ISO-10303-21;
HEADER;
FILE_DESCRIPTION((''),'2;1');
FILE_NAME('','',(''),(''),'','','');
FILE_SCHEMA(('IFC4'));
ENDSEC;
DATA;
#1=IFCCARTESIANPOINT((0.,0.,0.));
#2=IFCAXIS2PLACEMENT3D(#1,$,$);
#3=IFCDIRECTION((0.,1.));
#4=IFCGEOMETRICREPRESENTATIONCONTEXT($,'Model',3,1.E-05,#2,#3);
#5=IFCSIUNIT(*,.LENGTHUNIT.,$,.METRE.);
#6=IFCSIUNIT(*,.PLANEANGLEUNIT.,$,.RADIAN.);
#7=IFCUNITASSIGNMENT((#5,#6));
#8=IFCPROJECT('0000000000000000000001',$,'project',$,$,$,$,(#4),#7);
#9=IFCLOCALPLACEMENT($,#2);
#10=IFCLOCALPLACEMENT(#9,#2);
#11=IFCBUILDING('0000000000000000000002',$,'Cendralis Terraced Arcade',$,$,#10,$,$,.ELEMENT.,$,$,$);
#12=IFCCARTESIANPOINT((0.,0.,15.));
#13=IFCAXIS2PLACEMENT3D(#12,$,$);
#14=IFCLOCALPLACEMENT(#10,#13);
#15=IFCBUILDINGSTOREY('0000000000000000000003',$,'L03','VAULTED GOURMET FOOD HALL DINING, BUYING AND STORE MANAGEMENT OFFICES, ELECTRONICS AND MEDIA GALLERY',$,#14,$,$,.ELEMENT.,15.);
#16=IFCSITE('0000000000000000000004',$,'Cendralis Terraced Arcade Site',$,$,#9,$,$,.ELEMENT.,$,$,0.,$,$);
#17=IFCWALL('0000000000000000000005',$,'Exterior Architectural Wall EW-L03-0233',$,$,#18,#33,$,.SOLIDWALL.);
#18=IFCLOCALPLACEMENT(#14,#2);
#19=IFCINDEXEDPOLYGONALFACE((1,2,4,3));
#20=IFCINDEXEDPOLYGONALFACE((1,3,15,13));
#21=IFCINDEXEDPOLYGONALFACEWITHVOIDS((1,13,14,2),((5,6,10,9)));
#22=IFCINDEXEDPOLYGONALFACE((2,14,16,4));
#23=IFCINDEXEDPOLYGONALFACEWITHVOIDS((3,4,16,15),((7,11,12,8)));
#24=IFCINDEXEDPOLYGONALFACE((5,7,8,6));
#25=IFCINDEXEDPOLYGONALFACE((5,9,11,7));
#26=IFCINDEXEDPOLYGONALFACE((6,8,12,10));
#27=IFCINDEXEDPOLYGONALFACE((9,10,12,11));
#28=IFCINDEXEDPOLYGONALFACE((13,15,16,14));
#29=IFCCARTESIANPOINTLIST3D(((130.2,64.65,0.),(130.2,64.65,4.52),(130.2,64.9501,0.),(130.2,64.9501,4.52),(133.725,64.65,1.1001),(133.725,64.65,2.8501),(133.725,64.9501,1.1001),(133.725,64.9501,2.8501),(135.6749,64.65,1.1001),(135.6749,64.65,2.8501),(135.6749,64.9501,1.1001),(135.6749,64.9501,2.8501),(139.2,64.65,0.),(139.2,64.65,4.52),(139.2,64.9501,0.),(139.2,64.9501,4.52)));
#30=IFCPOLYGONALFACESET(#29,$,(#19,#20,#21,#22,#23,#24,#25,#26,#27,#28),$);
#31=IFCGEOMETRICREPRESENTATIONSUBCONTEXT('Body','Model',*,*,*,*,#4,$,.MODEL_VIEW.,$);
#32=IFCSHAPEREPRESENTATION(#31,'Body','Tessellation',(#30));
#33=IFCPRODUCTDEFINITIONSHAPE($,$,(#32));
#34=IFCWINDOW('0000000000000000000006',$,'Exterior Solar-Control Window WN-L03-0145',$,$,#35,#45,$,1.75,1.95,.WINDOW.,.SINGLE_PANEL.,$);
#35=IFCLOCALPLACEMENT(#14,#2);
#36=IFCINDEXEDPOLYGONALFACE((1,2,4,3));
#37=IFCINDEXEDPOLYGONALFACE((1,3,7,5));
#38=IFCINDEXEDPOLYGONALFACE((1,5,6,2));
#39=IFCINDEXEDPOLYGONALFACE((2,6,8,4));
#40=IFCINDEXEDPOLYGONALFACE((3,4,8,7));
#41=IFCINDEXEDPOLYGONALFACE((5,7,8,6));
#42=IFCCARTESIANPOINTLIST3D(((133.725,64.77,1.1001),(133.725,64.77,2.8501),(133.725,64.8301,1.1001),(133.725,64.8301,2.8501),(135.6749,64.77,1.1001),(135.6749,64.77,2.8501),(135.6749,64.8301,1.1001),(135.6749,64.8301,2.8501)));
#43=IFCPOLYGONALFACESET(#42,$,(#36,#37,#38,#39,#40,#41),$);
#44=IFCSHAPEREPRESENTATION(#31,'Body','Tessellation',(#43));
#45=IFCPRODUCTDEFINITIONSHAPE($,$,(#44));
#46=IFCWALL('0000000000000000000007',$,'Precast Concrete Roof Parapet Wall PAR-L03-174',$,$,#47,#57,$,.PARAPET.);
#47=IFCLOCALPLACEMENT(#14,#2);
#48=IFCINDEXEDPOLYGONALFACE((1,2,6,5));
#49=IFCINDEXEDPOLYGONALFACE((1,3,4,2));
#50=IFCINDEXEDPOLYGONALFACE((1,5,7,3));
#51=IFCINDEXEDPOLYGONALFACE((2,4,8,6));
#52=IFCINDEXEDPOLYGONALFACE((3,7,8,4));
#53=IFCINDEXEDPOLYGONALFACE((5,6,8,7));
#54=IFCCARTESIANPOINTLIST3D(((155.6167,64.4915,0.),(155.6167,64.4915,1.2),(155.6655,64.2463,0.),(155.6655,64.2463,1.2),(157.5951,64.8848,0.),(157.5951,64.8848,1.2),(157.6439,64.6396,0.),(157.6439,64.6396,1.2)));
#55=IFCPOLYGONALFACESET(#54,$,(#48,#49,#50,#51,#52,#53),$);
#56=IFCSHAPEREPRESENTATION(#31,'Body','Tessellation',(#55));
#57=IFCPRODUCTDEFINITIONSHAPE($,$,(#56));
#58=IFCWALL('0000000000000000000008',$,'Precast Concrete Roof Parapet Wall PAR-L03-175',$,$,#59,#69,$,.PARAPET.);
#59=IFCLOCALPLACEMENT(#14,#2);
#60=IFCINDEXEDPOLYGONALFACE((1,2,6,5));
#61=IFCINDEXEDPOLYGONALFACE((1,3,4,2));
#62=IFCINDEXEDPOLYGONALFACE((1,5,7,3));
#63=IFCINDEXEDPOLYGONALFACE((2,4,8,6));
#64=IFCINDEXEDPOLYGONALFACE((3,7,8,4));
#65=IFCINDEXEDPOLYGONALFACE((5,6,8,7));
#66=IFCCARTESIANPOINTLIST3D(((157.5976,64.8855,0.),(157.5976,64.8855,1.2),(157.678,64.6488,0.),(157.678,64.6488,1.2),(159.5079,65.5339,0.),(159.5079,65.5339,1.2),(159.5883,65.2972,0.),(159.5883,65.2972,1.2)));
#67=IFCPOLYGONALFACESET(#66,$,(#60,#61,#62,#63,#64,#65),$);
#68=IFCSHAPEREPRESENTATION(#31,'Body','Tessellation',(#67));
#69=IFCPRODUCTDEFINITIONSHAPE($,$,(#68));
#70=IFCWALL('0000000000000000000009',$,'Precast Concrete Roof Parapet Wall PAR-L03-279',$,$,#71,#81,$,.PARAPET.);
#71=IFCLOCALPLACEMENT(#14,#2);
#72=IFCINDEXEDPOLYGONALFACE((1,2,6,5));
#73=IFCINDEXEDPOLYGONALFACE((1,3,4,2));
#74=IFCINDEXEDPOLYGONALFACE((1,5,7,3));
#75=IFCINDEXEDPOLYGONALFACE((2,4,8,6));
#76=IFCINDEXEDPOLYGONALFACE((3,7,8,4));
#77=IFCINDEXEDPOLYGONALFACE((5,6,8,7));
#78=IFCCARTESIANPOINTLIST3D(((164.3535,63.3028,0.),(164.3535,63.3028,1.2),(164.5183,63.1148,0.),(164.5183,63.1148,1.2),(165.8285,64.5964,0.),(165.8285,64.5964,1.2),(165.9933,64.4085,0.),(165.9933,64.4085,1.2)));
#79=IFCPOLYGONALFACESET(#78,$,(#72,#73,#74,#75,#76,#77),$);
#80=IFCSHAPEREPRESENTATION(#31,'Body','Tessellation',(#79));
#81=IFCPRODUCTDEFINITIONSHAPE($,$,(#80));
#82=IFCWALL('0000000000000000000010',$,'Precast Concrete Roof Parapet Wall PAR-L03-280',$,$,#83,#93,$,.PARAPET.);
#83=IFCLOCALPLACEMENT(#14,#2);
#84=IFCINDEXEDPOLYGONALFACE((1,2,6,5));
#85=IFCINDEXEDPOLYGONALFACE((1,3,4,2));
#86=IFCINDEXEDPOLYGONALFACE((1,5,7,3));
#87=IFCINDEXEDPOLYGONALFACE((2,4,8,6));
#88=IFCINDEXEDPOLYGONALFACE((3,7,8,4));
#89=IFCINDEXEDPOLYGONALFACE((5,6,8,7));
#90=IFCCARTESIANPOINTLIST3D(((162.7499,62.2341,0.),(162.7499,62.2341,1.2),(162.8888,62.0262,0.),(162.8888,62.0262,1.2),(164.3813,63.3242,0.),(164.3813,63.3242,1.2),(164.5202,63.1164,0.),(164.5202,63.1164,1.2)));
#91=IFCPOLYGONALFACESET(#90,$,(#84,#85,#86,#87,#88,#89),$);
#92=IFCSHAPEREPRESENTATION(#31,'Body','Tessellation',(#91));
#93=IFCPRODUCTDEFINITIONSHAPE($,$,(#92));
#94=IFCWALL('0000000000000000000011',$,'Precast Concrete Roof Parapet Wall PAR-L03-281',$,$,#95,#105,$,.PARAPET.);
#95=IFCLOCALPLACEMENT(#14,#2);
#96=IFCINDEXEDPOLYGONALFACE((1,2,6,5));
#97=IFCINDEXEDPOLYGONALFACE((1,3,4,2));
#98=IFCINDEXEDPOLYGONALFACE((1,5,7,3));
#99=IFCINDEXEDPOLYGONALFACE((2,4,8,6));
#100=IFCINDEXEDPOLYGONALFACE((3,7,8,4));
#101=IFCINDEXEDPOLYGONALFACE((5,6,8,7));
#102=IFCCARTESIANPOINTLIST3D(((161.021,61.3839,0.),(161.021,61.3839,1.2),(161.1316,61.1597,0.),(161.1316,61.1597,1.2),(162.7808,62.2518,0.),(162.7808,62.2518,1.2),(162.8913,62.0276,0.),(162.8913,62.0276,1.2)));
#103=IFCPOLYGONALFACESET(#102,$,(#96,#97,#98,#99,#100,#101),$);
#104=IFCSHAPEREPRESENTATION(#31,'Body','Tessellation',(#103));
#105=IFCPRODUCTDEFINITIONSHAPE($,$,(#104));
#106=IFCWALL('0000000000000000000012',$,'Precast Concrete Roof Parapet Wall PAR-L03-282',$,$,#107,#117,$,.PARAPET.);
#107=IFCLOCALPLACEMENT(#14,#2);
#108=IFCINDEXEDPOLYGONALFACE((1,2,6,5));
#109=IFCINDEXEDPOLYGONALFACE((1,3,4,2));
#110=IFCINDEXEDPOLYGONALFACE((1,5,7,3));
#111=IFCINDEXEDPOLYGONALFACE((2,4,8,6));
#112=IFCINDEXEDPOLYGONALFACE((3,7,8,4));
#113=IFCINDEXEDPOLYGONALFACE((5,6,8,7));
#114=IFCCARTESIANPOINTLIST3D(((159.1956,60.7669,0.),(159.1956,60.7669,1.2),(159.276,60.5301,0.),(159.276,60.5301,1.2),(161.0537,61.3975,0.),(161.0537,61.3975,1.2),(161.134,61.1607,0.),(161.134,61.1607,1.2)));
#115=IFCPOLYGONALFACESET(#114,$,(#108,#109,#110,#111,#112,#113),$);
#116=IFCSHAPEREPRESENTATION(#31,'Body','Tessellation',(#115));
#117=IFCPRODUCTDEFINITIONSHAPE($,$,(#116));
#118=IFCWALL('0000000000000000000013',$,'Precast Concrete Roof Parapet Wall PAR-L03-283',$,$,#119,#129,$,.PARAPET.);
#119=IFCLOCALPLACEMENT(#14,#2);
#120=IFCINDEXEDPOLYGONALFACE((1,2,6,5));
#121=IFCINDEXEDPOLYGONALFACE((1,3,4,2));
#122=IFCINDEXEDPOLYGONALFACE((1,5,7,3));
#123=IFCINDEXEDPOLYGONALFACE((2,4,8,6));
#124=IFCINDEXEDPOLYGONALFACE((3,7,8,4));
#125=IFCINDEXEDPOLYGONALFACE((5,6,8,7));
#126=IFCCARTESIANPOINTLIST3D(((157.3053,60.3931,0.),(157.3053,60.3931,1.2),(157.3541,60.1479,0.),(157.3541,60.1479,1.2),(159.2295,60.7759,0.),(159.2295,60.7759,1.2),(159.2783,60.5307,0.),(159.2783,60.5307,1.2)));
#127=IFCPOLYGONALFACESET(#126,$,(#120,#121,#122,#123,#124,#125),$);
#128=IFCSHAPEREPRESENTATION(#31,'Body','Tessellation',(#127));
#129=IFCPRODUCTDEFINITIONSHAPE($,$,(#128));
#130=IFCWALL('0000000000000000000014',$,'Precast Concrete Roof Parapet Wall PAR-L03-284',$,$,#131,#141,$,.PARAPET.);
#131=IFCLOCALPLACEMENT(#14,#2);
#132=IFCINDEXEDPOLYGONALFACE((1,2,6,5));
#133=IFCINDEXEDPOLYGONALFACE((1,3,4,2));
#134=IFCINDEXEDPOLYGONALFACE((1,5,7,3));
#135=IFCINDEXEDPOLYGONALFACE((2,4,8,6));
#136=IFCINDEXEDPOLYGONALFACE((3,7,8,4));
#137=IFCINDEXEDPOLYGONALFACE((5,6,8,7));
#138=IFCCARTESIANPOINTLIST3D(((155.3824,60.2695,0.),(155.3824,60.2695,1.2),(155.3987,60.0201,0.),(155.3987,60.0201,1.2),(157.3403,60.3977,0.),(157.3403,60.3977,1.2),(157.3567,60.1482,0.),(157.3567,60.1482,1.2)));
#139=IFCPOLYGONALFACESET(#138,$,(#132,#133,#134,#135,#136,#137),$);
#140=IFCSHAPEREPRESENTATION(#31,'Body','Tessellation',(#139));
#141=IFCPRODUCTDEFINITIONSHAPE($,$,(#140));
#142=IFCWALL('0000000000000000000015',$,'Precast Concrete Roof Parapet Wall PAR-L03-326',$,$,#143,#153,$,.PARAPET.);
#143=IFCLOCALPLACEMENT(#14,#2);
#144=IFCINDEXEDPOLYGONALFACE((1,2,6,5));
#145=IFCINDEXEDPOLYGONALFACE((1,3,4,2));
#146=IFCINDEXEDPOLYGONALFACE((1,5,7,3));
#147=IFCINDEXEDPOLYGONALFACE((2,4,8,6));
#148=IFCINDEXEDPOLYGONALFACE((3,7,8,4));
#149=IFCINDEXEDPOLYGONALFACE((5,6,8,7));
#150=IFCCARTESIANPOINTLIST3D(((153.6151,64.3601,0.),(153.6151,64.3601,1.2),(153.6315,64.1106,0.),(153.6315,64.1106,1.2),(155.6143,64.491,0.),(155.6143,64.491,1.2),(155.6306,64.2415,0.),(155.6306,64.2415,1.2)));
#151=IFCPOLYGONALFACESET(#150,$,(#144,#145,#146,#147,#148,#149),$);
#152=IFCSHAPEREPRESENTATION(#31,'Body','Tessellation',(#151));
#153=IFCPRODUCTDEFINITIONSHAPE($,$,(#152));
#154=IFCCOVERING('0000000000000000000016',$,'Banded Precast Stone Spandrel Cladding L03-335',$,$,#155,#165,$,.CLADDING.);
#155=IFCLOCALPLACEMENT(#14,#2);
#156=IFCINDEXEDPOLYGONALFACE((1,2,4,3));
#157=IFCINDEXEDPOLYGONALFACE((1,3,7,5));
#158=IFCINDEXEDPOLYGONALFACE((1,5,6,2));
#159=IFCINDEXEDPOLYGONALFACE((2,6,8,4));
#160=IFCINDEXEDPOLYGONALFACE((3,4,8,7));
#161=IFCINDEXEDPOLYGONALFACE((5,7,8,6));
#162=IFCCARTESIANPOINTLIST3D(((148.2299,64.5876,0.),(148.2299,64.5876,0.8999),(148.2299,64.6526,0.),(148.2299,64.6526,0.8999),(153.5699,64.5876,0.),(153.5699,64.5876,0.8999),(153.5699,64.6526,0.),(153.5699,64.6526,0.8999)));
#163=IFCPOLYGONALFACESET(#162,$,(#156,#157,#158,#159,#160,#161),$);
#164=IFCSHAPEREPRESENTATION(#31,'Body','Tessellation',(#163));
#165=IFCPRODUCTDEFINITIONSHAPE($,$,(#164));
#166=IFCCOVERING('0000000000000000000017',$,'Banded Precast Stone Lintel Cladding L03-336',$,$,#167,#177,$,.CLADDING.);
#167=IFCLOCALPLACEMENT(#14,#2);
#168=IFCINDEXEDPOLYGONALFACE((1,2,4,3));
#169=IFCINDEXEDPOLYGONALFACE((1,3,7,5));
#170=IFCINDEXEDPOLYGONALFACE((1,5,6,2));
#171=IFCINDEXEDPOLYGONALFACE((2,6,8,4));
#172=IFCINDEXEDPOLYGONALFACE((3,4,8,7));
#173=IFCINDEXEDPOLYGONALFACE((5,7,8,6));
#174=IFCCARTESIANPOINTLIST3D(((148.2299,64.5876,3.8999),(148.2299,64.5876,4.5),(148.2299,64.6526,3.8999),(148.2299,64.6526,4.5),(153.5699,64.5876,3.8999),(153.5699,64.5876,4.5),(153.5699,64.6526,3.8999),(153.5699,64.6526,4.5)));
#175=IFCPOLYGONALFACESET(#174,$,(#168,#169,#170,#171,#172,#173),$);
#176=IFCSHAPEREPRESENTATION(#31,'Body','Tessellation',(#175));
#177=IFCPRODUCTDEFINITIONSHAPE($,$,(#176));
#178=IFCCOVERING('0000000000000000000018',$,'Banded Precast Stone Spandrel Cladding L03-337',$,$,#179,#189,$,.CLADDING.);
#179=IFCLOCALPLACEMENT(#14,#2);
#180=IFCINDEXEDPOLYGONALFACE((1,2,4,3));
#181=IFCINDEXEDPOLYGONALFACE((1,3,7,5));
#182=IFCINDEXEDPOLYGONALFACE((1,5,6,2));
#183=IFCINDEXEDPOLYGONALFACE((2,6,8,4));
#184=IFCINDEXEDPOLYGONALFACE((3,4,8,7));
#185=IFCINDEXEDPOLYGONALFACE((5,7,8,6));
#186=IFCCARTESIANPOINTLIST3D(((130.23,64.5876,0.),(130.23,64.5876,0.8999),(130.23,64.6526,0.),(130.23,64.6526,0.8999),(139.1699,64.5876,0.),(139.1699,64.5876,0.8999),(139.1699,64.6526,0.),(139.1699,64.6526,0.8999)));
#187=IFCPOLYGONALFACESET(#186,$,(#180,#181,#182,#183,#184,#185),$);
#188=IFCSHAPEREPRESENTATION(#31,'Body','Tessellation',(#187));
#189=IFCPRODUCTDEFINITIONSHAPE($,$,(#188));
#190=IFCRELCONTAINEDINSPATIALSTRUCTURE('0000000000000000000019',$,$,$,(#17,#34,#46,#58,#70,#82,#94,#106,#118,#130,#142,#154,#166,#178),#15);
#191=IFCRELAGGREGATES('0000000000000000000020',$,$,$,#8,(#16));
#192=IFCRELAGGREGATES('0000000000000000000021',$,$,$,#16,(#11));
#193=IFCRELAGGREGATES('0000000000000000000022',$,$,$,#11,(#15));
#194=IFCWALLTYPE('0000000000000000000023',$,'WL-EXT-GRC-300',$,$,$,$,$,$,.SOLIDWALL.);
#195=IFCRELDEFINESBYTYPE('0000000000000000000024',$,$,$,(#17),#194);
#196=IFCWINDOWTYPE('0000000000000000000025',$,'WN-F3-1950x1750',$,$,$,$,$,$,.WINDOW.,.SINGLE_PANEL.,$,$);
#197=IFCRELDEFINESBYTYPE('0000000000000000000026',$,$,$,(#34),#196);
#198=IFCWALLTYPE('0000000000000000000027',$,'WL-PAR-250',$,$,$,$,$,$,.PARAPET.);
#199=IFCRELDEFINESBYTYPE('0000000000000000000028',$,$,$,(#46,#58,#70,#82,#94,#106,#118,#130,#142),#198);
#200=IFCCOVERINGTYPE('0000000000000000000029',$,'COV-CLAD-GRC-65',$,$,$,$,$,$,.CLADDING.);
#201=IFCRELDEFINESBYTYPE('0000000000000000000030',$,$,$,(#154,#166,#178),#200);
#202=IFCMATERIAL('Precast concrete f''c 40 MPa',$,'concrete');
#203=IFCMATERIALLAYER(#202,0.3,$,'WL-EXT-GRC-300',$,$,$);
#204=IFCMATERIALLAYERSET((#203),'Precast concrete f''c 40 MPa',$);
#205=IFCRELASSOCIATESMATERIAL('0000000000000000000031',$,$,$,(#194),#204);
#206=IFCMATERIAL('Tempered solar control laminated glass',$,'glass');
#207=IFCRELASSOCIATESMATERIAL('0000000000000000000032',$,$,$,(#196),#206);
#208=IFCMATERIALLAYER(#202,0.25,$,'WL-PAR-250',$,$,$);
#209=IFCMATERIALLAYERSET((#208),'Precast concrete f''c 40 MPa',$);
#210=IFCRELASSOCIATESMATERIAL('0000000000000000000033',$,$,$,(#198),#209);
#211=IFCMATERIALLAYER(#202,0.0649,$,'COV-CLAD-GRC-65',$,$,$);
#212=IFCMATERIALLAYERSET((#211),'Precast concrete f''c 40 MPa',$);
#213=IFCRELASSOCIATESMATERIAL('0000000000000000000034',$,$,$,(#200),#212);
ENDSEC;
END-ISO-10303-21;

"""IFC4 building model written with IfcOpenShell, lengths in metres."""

from ifc_helpers import new_model, si_unit, direction, frame, frame_2d, origin, origin_2d, place, context, subcontext, project, spatial, rectangle, extrude, material, layer, layer_set, type_object, element, fill, save


model = new_model("IFC4")

# Units and contexts
model_context = context("Model", 3, precision=1e-05, world=origin(), true_north=direction((0.0, 1.0)))
body_context = subcontext(model_context, "Body", "Model", "MODEL_VIEW")
ifc_project = project(units=[si_unit("LENGTHUNIT", "METRE"), si_unit("PLANEANGLEUNIT", "RADIAN")], contexts=[model_context])

# Site, building, storey
site_placement = place(None, origin())
site = spatial("IfcSite", under=ifc_project, at=site_placement, Name="Cendralis Terraced Arcade Site", CompositionType="ELEMENT", RefElevation=0.0)
building_placement = place(site_placement, origin())
building = spatial("IfcBuilding", under=site, at=building_placement, Name="Cendralis Terraced Arcade", CompositionType="ELEMENT")
storey_placement = place(building_placement, frame((0.0, 0.0, 15.0)))
storey = spatial("IfcBuildingStorey", under=building, at=storey_placement, Name="L03", Description="VAULTED GOURMET FOOD HALL DINING, BUYING AND STORE MANAGEMENT OFFICES, ELECTRONICS AND MEDIA GALLERY", CompositionType="ELEMENT", Elevation=15.0)

# Shared definitions
ifc_material_1 = material(Name="Tempered solar control laminated glass", Category="glass")

# Wall, opening, window
ifc_material_2 = material(Name="Precast concrete f'c 40 MPa", Category="concrete")
ifc_layer_1 = layer(ifc_material_2, 0.3, Name="WL-EXT-GRC-300")
ifc_layer_set_1 = layer_set([ifc_layer_1], Name="Precast concrete f'c 40 MPa")
wall_type_1 = type_object("IfcWallType", Name="WL-EXT-GRC-300", PredefinedType="SOLIDWALL", material=ifc_layer_set_1)
wall_1_placement = place(storey_placement, frame((139.2, 64.8, 0.0), z_axis=(0.0, 0.0, 1.0), x_axis=(-1.0, 0.0, 0.0)))
wall_1 = element("IfcWall", 1, at=wall_1_placement, inside=storey, type_object=wall_type_1, Name="Exterior Architectural Wall EW-L03-0233", PredefinedType="SOLIDWALL", context=body_context, shape_type="SweptSolid", body=[
    extrude(rectangle(XDim=9.0, YDim=0.3, at=frame_2d((4.5, 0.0))), origin(), (0.0, 0.0, 1.0), 4.52),
])
opening_placement = place(wall_1_placement, frame((3.5249, 0.0, 1.1001)))
opening = element("IfcOpeningElement", 2, at=opening_placement, cuts=wall_1, PredefinedType="OPENING", context=body_context, shape_type="SweptSolid", body=[
    extrude(rectangle(XDim=1.95, YDim=1.75, at=frame_2d((0.9751, 0.875))), frame((0.0, 0.1621, 0.0), z_axis=(0.0, -1.0, 0.0), x_axis=(1.0, 0.0, 0.0)), (0.0, 0.0, 1.0), 0.324),
])
window_type = type_object("IfcWindowType", Name="WN-F3-1950x1750", PartitioningType="SINGLE_PANEL", PredefinedType="WINDOW", material=ifc_material_1)
window_placement = place(opening_placement, origin())
window = element("IfcWindow", 3, at=window_placement, inside=storey, type_object=window_type, Name="Exterior Solar-Control Window WN-L03-0145", OverallHeight=1.75, OverallWidth=1.95, PartitioningType="SINGLE_PANEL", PredefinedType="WINDOW", context=body_context, shape_type="SweptSolid", body=[
    extrude(rectangle(XDim=1.95, YDim=1.75, at=frame_2d((0.9751, 0.875))), frame((0.0, 0.03, 0.0), z_axis=(0.0, -1.0, 0.0), x_axis=(1.0, 0.0, 0.0)), (0.0, 0.0, 1.0), 0.0601),
])
fill(opening, window)

# Walls
ifc_layer_2 = layer(ifc_material_2, 0.25, Name="WL-PAR-250")
ifc_layer_set_2 = layer_set([ifc_layer_2], Name="Precast concrete f'c 40 MPa")
wall_type_2 = type_object("IfcWallType", Name="WL-PAR-250", PredefinedType="PARAPET", material=ifc_layer_set_2)
wall_2_placement = place(storey_placement, frame((155.6411, 64.3689, 0.0), z_axis=(0.0, 0.0, 1.0), x_axis=(0.980804, 0.194999, 0.0)))
element("IfcWall", 4, at=wall_2_placement, inside=storey, type_object=wall_type_2, Name="Precast Concrete Roof Parapet Wall PAR-L03-174", PredefinedType="PARAPET", context=body_context, shape_type="SweptSolid", body=[
    extrude(rectangle(XDim=2.0171, YDim=0.25, at=frame_2d((1.0085, 0.0))), origin(), (0.0, 0.0, 1.0), 1.2),
])
wall_3_placement = place(storey_placement, frame((157.6377, 64.7671, 0.0), z_axis=(0.0, 0.0, 1.0), x_axis=(0.946939, 0.321415, 0.0)))
element("IfcWall", 5, at=wall_3_placement, inside=storey, type_object=wall_type_2, Name="Precast Concrete Roof Parapet Wall PAR-L03-175", PredefinedType="PARAPET", context=body_context, shape_type="SweptSolid", body=[
    extrude(rectangle(XDim=2.0173, YDim=0.25, at=frame_2d((1.0088, 0.0))), origin(), (0.0, 0.0, 1.0), 1.2),
])
wall_4_placement = place(storey_placement, frame((165.9109, 64.5024, 0.0), z_axis=(0.0, 0.0, 1.0), x_axis=(-0.751821, -0.659367, 0.0)))
element("IfcWall", 6, at=wall_4_placement, inside=storey, type_object=wall_type_2, Name="Precast Concrete Roof Parapet Wall PAR-L03-279", PredefinedType="PARAPET", context=body_context, shape_type="SweptSolid", body=[
    extrude(rectangle(XDim=1.9619, YDim=0.25, at=frame_2d((0.981, 0.0))), origin(), (0.0, 0.0, 1.0), 1.2),
])
for number, where, z_axis, x_axis, name in (
    (7, (164.4507, 63.2202, 0.0), (0.0, 0.0, 1.0), (-0.831456, -0.55559, 0.0), "Precast Concrete Roof Parapet Wall PAR-L03-280"),
    (8, (162.8359, 62.1396, 0.0), (0.0, 0.0, 1.0), (-0.896853, -0.44233, 0.0), "Precast Concrete Roof Parapet Wall PAR-L03-281"),
    (9, (161.0938, 61.2791, 0.0), (0.0, 0.0, 1.0), (-0.946952, -0.321374, 0.0), "Precast Concrete Roof Parapet Wall PAR-L03-282"),
):
    element("IfcWall", number, at=place(storey_placement, frame(where, z_axis=z_axis, x_axis=x_axis)), inside=storey, type_object=wall_type_2, Name=name, PredefinedType="PARAPET", context=body_context, shape_type="SweptSolid", body=[
        extrude(rectangle(XDim=1.9622, YDim=0.25, at=frame_2d((0.981, 0.0))), origin(), (0.0, 0.0, 1.0), 1.2),
    ])
wall_5_placement = place(storey_placement, frame((159.2539, 60.6533, 0.0), z_axis=(0.0, 0.0, 1.0), x_axis=(-0.980781, -0.195111, 0.0)))
element("IfcWall", 10, at=wall_5_placement, inside=storey, type_object=wall_type_2, Name="Precast Concrete Roof Parapet Wall PAR-L03-283", PredefinedType="PARAPET", context=body_context, shape_type="SweptSolid", body=[
    extrude(rectangle(XDim=1.9619, YDim=0.25, at=frame_2d((0.981, 0.0))), origin(), (0.0, 0.0, 1.0), 1.2),
])
wall_6_placement = place(storey_placement, frame((157.3484, 60.2729, 0.0), z_axis=(0.0, 0.0, 1.0), x_axis=(-0.997864, -0.065322, 0.0)))
element("IfcWall", 11, at=wall_6_placement, inside=storey, type_object=wall_type_2, Name="Precast Concrete Roof Parapet Wall PAR-L03-284", PredefinedType="PARAPET", context=body_context, shape_type="SweptSolid", body=[
    extrude(rectangle(XDim=1.9622, YDim=0.25, at=frame_2d((0.981, 0.0))), origin(), (0.0, 0.0, 1.0), 1.2),
])
wall_7_placement = place(storey_placement, frame((153.6233, 64.2354, 0.0), z_axis=(0.0, 0.0, 1.0), x_axis=(0.997864, 0.065322, 0.0)))
element("IfcWall", 12, at=wall_7_placement, inside=storey, type_object=wall_type_2, Name="Precast Concrete Roof Parapet Wall PAR-L03-326", PredefinedType="PARAPET", context=body_context, shape_type="SweptSolid", body=[
    extrude(rectangle(XDim=2.0034, YDim=0.25, at=frame_2d((1.0017, 0.0))), origin(), (0.0, 0.0, 1.0), 1.2),
])

# Coverings
ifc_layer_3 = layer(ifc_material_2, 0.0649, Name="COV-CLAD-GRC-65")
ifc_layer_set_3 = layer_set([ifc_layer_3], Name="Precast concrete f'c 40 MPa")
covering_type = type_object("IfcCoveringType", Name="COV-CLAD-GRC-65", PredefinedType="CLADDING", material=ifc_layer_set_3)
covering_1_placement = place(storey_placement, frame((150.8999, 64.6201, 0.0), z_axis=(0.0, 0.0, 1.0), x_axis=(-1.0, 0.0, 0.0)))
element("IfcCovering", 13, at=covering_1_placement, inside=storey, type_object=covering_type, Name="Banded Precast Stone Spandrel Cladding L03-335", PredefinedType="CLADDING", context=body_context, shape_type="SweptSolid", body=[
    extrude(rectangle(XDim=5.3401, YDim=0.0649, at=origin_2d()), origin(), (0.0, 0.0, 1.0), 0.8999),
])
covering_2_placement = place(storey_placement, frame((150.8999, 64.6201, 3.8999), z_axis=(0.0, 0.0, 1.0), x_axis=(-1.0, 0.0, 0.0)))
element("IfcCovering", 14, at=covering_2_placement, inside=storey, type_object=covering_type, Name="Banded Precast Stone Lintel Cladding L03-336", PredefinedType="CLADDING", context=body_context, shape_type="SweptSolid", body=[
    extrude(rectangle(XDim=5.3401, YDim=0.0649, at=origin_2d()), origin(), (0.0, 0.0, 1.0), 0.6001),
])
covering_3_placement = place(storey_placement, frame((134.7, 64.6201, 0.0), z_axis=(0.0, 0.0, 1.0), x_axis=(-1.0, 0.0, 0.0)))
element("IfcCovering", 15, at=covering_3_placement, inside=storey, type_object=covering_type, Name="Banded Precast Stone Spandrel Cladding L03-337", PredefinedType="CLADDING", context=body_context, shape_type="SweptSolid", body=[
    extrude(rectangle(XDim=8.9399, YDim=0.0649, at=origin_2d()), origin(), (0.0, 0.0, 1.0), 0.8999),
])

save(model, "model.ifc")
